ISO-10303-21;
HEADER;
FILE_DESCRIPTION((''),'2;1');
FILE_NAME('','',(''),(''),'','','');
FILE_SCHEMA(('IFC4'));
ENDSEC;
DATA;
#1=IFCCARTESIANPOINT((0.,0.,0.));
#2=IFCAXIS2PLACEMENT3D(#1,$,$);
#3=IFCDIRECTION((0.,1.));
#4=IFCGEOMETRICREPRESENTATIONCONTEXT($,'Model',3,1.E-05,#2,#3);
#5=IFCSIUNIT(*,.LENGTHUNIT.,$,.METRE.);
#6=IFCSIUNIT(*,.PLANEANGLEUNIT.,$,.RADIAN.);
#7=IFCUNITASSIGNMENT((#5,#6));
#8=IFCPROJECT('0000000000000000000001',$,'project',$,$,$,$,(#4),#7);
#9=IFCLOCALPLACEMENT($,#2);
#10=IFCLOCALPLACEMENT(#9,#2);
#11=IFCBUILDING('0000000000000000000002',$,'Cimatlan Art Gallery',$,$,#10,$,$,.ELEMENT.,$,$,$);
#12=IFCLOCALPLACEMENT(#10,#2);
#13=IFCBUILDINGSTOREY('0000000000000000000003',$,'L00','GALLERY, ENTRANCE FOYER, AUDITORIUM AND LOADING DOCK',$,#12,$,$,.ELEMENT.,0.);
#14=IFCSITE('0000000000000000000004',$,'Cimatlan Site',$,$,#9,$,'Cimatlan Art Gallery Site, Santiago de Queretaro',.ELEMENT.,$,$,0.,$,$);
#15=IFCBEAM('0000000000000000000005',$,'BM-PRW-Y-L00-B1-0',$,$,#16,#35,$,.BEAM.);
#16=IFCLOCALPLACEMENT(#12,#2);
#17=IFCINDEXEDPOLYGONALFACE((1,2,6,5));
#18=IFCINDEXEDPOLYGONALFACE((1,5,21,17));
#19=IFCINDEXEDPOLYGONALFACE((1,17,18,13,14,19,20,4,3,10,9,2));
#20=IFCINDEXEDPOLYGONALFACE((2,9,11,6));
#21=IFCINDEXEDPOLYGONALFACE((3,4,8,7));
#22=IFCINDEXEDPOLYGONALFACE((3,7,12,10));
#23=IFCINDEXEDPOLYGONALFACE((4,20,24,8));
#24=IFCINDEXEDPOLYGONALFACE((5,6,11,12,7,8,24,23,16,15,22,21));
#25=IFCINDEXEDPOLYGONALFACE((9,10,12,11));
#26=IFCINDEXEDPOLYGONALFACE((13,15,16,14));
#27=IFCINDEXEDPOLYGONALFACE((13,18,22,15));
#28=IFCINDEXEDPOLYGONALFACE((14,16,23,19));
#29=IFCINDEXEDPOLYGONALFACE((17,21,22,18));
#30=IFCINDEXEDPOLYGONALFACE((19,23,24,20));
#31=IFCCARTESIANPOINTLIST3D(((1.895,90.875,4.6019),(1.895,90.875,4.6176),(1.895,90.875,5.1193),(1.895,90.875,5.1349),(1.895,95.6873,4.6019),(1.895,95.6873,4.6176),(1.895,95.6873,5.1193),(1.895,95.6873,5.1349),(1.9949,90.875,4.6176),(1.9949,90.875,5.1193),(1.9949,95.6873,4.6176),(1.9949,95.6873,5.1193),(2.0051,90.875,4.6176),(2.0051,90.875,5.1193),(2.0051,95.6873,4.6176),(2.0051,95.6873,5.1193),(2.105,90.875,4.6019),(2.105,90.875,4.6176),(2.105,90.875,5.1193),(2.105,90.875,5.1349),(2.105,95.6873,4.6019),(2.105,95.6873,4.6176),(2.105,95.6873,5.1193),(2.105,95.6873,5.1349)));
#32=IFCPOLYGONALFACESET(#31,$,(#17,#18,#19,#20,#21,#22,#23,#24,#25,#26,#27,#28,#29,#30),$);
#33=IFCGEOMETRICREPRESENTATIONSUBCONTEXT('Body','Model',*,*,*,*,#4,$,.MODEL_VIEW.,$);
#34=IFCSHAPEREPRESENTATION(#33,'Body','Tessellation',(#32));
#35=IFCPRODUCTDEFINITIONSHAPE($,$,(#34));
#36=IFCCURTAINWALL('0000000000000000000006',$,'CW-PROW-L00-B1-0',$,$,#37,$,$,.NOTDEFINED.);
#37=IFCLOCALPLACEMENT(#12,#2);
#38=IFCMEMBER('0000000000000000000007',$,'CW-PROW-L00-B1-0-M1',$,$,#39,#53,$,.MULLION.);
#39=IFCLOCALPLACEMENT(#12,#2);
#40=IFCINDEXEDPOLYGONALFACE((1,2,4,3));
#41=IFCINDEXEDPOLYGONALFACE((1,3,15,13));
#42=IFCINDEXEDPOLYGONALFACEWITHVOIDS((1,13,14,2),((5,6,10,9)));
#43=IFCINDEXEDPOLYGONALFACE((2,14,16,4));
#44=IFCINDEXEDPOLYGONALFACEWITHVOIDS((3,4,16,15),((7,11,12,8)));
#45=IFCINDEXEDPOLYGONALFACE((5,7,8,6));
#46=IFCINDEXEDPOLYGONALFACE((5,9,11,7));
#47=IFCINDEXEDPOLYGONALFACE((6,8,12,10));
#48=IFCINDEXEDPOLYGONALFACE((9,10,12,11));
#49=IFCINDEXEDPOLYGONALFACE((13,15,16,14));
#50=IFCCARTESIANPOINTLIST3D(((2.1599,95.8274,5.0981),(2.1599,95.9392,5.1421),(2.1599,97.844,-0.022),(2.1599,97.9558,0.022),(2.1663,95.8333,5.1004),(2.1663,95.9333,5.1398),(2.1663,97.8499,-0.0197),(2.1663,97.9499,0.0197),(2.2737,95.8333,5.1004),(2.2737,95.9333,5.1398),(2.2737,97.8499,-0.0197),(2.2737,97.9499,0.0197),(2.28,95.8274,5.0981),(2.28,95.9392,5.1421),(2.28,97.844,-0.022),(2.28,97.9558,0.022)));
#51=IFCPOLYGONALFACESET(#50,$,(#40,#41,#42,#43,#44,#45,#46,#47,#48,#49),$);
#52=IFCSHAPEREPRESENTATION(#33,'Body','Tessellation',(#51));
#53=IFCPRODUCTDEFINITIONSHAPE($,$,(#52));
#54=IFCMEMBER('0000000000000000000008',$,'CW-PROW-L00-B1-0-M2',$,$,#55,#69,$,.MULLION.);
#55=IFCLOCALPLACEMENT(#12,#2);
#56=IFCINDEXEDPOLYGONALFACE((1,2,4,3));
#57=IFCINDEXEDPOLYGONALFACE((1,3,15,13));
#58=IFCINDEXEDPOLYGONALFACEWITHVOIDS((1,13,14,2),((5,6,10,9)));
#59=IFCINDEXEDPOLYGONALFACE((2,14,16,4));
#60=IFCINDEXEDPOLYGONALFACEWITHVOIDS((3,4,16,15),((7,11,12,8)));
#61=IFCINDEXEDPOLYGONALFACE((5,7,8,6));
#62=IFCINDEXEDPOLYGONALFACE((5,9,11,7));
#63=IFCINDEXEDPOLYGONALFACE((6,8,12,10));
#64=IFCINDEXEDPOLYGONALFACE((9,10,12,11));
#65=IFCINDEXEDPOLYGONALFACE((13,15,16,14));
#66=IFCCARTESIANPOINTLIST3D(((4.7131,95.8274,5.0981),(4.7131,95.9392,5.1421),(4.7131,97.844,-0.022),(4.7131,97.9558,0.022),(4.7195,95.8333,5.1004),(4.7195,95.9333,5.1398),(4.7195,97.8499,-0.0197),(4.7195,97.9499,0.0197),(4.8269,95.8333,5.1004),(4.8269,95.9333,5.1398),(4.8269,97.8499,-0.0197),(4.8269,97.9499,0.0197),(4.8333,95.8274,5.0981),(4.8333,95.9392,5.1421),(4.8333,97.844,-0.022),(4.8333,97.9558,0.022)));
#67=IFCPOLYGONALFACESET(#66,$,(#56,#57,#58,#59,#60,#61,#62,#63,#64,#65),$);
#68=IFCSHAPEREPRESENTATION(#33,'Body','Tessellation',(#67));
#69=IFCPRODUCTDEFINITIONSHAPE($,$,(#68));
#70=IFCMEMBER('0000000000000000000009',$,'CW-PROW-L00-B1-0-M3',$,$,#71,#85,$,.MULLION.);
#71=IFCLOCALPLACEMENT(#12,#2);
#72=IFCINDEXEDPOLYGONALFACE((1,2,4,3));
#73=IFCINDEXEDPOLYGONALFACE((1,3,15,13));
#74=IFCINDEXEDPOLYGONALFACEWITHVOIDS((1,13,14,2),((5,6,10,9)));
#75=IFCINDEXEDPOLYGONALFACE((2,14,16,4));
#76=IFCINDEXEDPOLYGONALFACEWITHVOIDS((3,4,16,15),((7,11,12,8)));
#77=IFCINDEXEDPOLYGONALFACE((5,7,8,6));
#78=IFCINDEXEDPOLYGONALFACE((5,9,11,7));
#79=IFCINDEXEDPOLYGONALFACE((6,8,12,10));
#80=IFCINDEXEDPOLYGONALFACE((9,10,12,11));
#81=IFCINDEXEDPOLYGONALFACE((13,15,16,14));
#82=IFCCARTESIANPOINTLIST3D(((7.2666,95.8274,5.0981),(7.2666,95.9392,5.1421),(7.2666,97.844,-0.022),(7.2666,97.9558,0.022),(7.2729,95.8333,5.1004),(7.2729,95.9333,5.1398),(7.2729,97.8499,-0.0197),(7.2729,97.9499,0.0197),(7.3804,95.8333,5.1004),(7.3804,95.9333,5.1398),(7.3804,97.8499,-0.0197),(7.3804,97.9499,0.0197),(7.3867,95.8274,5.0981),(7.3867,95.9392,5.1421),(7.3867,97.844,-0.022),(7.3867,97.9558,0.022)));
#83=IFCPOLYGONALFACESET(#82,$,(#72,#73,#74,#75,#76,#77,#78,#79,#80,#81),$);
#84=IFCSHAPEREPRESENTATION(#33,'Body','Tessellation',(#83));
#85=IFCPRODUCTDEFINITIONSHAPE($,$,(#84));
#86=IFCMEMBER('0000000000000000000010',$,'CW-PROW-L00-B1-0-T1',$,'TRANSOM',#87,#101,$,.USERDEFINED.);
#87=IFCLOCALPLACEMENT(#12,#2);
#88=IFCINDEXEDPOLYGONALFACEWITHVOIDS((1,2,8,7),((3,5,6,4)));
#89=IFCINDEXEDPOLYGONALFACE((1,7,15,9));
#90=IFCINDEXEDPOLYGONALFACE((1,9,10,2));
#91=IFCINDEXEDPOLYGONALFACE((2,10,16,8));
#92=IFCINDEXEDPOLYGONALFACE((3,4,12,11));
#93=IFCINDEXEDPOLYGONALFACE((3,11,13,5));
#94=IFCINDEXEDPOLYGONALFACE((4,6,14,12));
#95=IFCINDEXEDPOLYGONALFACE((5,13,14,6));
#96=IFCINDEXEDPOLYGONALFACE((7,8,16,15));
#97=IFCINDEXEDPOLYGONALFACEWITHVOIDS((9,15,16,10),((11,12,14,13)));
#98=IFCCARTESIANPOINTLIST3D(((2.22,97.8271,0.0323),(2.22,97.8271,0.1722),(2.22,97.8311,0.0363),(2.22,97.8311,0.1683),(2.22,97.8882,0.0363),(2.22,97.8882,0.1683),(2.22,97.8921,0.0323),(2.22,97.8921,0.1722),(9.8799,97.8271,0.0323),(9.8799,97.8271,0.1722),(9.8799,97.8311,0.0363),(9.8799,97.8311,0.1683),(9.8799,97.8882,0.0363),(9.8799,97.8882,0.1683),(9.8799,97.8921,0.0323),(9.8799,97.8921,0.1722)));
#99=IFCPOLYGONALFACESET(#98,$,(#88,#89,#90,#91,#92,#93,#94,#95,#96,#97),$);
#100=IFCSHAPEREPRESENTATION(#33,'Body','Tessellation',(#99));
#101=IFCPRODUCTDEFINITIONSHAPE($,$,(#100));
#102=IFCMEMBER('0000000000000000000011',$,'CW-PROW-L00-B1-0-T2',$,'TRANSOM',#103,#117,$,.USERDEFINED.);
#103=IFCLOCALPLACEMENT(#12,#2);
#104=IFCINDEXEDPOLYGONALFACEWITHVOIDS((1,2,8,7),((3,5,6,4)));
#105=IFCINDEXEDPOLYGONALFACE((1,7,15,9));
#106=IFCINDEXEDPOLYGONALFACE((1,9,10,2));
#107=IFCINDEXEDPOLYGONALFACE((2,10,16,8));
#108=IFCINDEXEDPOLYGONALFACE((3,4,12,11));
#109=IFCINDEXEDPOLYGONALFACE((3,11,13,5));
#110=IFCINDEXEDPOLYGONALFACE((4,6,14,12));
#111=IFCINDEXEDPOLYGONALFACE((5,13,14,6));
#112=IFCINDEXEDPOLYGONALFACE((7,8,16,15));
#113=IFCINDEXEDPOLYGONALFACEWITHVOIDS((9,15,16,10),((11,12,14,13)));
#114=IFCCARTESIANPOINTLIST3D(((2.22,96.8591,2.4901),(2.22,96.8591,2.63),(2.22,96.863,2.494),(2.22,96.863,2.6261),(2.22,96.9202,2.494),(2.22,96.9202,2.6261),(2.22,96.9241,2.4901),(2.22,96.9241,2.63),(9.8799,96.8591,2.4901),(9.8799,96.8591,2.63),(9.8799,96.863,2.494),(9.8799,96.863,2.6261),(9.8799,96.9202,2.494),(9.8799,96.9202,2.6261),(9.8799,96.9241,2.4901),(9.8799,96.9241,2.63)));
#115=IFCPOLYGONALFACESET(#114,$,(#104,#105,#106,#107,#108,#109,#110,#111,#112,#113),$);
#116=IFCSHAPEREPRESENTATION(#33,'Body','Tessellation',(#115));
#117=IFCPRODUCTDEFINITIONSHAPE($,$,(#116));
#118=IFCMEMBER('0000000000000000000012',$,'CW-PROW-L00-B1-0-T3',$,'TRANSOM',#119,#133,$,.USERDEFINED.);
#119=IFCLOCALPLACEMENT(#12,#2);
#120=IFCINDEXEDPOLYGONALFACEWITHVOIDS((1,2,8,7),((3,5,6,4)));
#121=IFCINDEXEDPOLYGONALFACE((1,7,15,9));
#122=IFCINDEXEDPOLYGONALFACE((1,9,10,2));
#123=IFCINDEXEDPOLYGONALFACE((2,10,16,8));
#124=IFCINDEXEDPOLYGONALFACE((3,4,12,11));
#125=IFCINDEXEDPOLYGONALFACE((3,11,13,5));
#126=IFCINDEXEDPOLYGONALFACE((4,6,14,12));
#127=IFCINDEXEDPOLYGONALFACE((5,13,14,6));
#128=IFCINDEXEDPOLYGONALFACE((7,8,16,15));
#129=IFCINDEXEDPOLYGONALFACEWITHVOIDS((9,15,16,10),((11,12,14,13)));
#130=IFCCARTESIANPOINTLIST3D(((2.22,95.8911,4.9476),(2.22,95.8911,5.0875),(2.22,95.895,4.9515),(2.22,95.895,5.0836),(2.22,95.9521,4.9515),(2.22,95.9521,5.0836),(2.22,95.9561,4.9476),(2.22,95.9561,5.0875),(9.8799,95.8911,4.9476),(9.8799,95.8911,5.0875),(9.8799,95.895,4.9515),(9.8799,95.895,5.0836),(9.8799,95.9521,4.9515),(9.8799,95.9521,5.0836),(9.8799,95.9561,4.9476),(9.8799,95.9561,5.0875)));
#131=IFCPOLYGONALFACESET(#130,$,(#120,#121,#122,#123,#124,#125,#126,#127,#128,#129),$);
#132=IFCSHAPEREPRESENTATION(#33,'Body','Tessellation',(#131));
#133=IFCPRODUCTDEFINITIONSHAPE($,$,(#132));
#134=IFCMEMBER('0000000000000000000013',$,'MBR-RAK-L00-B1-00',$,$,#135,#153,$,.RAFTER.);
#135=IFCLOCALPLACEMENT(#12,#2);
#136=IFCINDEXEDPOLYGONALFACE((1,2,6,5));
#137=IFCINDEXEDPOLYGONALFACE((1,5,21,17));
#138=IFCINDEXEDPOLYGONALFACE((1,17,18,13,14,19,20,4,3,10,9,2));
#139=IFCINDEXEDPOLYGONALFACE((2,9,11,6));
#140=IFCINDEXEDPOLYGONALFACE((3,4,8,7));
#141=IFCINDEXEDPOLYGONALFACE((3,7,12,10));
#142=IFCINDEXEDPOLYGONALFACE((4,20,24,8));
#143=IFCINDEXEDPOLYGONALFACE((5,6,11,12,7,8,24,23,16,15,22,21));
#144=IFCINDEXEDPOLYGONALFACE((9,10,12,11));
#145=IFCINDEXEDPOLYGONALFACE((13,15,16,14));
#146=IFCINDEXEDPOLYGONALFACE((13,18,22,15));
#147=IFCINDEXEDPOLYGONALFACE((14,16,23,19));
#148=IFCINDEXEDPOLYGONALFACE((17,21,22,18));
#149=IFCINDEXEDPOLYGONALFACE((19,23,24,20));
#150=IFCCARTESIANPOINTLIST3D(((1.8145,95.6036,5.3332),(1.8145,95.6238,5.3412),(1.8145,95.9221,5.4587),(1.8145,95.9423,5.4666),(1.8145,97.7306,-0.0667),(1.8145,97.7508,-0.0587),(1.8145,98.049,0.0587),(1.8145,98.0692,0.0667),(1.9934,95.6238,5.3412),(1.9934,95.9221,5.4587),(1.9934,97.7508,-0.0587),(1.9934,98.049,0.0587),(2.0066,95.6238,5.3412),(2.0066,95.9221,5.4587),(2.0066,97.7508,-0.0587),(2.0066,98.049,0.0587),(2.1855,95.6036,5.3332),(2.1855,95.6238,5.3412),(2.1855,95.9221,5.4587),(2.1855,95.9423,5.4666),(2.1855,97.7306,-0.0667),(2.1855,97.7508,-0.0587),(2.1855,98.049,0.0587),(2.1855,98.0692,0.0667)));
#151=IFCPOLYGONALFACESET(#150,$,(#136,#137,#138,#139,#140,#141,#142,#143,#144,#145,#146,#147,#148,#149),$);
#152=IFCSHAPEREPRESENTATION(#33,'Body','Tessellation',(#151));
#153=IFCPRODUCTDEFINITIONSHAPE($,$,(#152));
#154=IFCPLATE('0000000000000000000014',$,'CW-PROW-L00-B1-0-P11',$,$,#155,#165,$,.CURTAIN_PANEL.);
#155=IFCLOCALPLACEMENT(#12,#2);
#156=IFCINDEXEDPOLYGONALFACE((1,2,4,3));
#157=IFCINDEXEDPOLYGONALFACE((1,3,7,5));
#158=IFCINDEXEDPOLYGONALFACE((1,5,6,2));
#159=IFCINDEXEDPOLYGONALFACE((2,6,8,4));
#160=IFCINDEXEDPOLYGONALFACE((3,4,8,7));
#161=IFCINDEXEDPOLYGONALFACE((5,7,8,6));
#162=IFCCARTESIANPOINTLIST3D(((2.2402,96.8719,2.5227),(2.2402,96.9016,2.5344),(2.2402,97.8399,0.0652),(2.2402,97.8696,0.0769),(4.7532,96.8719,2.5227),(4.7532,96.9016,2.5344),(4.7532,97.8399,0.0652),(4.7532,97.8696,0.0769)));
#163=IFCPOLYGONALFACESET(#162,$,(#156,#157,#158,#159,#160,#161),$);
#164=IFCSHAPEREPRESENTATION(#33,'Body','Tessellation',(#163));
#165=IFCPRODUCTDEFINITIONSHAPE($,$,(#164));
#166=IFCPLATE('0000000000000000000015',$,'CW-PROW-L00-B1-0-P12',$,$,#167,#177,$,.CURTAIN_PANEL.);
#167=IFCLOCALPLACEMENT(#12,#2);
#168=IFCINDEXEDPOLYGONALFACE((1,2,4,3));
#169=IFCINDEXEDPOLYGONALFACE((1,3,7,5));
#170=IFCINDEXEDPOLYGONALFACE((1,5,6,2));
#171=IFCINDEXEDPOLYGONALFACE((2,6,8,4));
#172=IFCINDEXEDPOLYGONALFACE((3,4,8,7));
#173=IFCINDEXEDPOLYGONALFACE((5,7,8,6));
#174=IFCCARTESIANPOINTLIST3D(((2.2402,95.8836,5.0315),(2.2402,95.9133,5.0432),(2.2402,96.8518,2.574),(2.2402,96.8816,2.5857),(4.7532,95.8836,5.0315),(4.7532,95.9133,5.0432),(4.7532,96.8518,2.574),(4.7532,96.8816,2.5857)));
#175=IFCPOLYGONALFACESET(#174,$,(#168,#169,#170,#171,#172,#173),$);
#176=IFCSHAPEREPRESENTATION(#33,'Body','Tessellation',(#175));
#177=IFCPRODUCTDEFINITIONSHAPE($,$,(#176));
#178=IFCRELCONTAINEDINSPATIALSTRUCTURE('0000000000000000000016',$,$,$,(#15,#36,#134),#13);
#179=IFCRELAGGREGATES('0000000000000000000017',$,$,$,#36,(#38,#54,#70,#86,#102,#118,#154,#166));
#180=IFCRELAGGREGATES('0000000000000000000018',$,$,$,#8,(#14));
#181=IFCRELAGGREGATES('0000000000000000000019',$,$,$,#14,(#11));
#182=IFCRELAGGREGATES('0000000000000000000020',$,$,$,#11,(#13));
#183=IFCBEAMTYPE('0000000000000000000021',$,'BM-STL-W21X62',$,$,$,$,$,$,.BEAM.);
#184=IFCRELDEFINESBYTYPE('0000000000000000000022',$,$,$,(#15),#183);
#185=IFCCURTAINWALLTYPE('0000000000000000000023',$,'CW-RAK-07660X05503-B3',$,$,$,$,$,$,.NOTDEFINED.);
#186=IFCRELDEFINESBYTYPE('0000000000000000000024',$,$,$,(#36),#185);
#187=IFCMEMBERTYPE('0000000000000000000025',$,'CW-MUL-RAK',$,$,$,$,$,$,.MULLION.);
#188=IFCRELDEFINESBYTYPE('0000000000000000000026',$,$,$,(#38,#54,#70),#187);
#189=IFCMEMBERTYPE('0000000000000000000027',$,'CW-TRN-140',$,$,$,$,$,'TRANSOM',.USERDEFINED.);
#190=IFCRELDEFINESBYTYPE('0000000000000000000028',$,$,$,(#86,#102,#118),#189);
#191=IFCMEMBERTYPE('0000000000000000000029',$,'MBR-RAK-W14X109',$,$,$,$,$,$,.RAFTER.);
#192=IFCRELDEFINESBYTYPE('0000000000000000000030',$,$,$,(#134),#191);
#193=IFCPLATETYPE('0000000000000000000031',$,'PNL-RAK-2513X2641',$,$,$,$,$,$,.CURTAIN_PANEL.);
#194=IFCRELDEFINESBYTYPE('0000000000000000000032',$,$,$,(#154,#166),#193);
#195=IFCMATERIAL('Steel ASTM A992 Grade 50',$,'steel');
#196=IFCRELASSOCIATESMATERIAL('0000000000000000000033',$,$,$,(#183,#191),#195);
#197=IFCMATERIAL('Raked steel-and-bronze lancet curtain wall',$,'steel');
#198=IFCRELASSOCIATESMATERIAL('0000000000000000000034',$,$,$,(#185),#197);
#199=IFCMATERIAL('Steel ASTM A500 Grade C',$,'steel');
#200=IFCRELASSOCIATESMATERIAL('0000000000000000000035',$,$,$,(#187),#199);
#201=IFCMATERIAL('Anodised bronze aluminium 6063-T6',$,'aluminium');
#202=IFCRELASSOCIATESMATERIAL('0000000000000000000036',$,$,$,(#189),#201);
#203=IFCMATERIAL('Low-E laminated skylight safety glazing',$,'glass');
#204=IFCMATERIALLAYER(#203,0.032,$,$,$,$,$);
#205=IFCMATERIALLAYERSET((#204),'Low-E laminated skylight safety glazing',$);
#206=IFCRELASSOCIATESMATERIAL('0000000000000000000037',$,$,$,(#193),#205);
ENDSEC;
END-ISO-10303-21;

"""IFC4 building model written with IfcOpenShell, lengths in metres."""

from ifc_helpers import new_model, si_unit, direction, frame, origin, origin_2d, place, context, subcontext, project, spatial, polyline, hollow_rectangle, i_section, outline, extrude, material, layer, layer_set, material_profile, profile_set, type_object, element, aggregate, save


model = new_model("IFC4")

# Units and contexts
model_context = context("Model", 3, precision=1e-05, world=origin(), true_north=direction((0.0, 1.0)))
body_context = subcontext(model_context, "Body", "Model", "MODEL_VIEW")
ifc_project = project(units=[si_unit("LENGTHUNIT", "METRE"), si_unit("PLANEANGLEUNIT", "RADIAN")], contexts=[model_context])

# Site, building, storey
site_placement = place(None, origin())
site = spatial("IfcSite", under=ifc_project, at=site_placement, Name="Cimatlan Site", LongName="Cimatlan Art Gallery Site, Santiago de Queretaro", CompositionType="ELEMENT", RefElevation=0.0)
building_placement = place(site_placement, origin())
building = spatial("IfcBuilding", under=site, at=building_placement, Name="Cimatlan Art Gallery", CompositionType="ELEMENT")
storey_placement = place(building_placement, origin())
storey = spatial("IfcBuildingStorey", under=building, at=storey_placement, Name="L00", Description="GALLERY, ENTRANCE FOYER, AUDITORIUM AND LOADING DOCK", CompositionType="ELEMENT", Elevation=0.0)

# Beam
ifc_material_1 = material(Name="Steel ASTM A992 Grade 50", Category="steel")
ifc_material_profile_1 = material_profile(ifc_material_1, i_section(OverallWidth=0.21, OverallDepth=0.533, WebThickness=0.0103, FlangeThickness=0.0156, at=origin_2d()), Name="W21X62")
ifc_profile_set_1 = profile_set([ifc_material_profile_1], Name="Steel ASTM A992 Grade 50")
beam_type = type_object("IfcBeamType", Name="BM-STL-W21X62", PredefinedType="BEAM", material=ifc_profile_set_1)
beam_1_placement = place(storey_placement, frame((2.0, 90.875, 4.8684), z_axis=(0.0, 1.0, 0.0), x_axis=(-1.0, 0.0, 0.0)))
element("IfcBeam", 1, at=beam_1_placement, inside=storey, type_object=beam_type, Name="BM-PRW-Y-L00-B1-0", PredefinedType="BEAM", context=body_context, shape_type="SweptSolid", body=[
    extrude(i_section(OverallWidth=0.21, OverallDepth=0.533, WebThickness=0.0103, FlangeThickness=0.0156, at=origin_2d()), origin(), (0.0, 0.0, 1.0), 4.8123),
])

# Curtain wall, members
ifc_material_2 = material(Name="Raked steel-and-bronze lancet curtain wall", Category="steel")
curtain_wall_type = type_object("IfcCurtainWallType", Name="CW-RAK-07660X05503-B3", PredefinedType="NOTDEFINED", material=ifc_material_2)
curtain_wall_placement = place(storey_placement, origin())
curtain_wall = element("IfcCurtainWall", 2, at=curtain_wall_placement, inside=storey, type_object=curtain_wall_type, Name="CW-PROW-L00-B1-0", PredefinedType="NOTDEFINED")
ifc_material_3 = material(Name="Steel ASTM A500 Grade C", Category="steel")
ifc_material_profile_2 = material_profile(ifc_material_3, hollow_rectangle(XDim=0.1201, YDim=0.1201, WallThickness=0.0063, at=origin_2d()), Name="HSS120X120X6")
ifc_profile_set_2 = profile_set([ifc_material_profile_2], Name="Steel ASTM A500 Grade C")
member_type_1 = type_object("IfcMemberType", Name="CW-MUL-RAK", PredefinedType="MULLION", material=ifc_profile_set_2)
member_1_placement = place(storey_placement, frame((2.22, 97.8999, 0.0), z_axis=(0.0, -0.366459, 0.930434), x_axis=(1.0, 0.0, 0.0)))
member_1 = element("IfcMember", 3, at=member_1_placement, type_object=member_type_1, Name="CW-PROW-L00-B1-0-M1", PredefinedType="MULLION", context=body_context, shape_type="SweptSolid", body=[
    extrude(hollow_rectangle(XDim=0.1201, YDim=0.1201, WallThickness=0.0063, at=origin_2d()), origin(), (0.0, 0.0, 1.0), 5.5029),
])
member_2_placement = place(storey_placement, frame((4.7732, 97.8999, 0.0), z_axis=(0.0, -0.366459, 0.930434), x_axis=(1.0, 0.0, 0.0)))
member_2 = element("IfcMember", 4, at=member_2_placement, type_object=member_type_1, Name="CW-PROW-L00-B1-0-M2", PredefinedType="MULLION", context=body_context, shape_type="SweptSolid", body=[
    extrude(hollow_rectangle(XDim=0.1201, YDim=0.1201, WallThickness=0.0063, at=origin_2d()), origin(), (0.0, 0.0, 1.0), 5.5029),
])
member_3_placement = place(storey_placement, frame((7.3267, 97.8999, 0.0), z_axis=(0.0, -0.366459, 0.930434), x_axis=(1.0, 0.0, 0.0)))
member_3 = element("IfcMember", 5, at=member_3_placement, type_object=member_type_1, Name="CW-PROW-L00-B1-0-M3", PredefinedType="MULLION", context=body_context, shape_type="SweptSolid", body=[
    extrude(hollow_rectangle(XDim=0.1201, YDim=0.1201, WallThickness=0.0063, at=origin_2d()), origin(), (0.0, 0.0, 1.0), 5.5029),
])
ifc_material_4 = material(Name="Anodised bronze aluminium 6063-T6", Category="aluminium")
ifc_material_profile_3 = material_profile(ifc_material_4, hollow_rectangle(XDim=0.0649, YDim=0.1399, WallThickness=0.0039, at=origin_2d()), Name="ALU65X140X4")
ifc_profile_set_3 = profile_set([ifc_material_profile_3], Name="Anodised bronze aluminium 6063-T6")
member_type_2 = type_object("IfcMemberType", Name="CW-TRN-140", ElementType="TRANSOM", PredefinedType="USERDEFINED", material=ifc_profile_set_3)
member_4_placement = place(storey_placement, frame((2.22, 97.8596, 0.1023), z_axis=(1.0, 0.0, 0.0), x_axis=(0.0, 1.0, 0.0)))
member_4 = element("IfcMember", 6, at=member_4_placement, type_object=member_type_2, Name="CW-PROW-L00-B1-0-T1", ObjectType="TRANSOM", PredefinedType="USERDEFINED", context=body_context, shape_type="SweptSolid", body=[
    extrude(hollow_rectangle(XDim=0.0649, YDim=0.1399, WallThickness=0.0039, at=origin_2d()), origin(), (0.0, 0.0, 1.0), 7.6599),
])
member_5_placement = place(storey_placement, frame((2.22, 96.8916, 2.5601), z_axis=(1.0, 0.0, 0.0), x_axis=(0.0, 1.0, 0.0)))
member_5 = element("IfcMember", 7, at=member_5_placement, type_object=member_type_2, Name="CW-PROW-L00-B1-0-T2", ObjectType="TRANSOM", PredefinedType="USERDEFINED", context=body_context, shape_type="SweptSolid", body=[
    extrude(hollow_rectangle(XDim=0.0649, YDim=0.1399, WallThickness=0.0039, at=origin_2d()), origin(), (0.0, 0.0, 1.0), 7.6599),
])
member_6_placement = place(storey_placement, frame((2.22, 95.9236, 5.0176), z_axis=(1.0, 0.0, 0.0), x_axis=(0.0, 1.0, 0.0)))
member_6 = element("IfcMember", 8, at=member_6_placement, type_object=member_type_2, Name="CW-PROW-L00-B1-0-T3", ObjectType="TRANSOM", PredefinedType="USERDEFINED", context=body_context, shape_type="SweptSolid", body=[
    extrude(hollow_rectangle(XDim=0.0649, YDim=0.1399, WallThickness=0.0039, at=origin_2d()), origin(), (0.0, 0.0, 1.0), 7.6599),
])

# Member
ifc_material_profile_4 = material_profile(ifc_material_1, i_section(OverallWidth=0.3711, OverallDepth=0.364, WebThickness=0.0132, FlangeThickness=0.0217, at=origin_2d()), Name="W14X109")
ifc_profile_set_4 = profile_set([ifc_material_profile_4], Name="Steel ASTM A992 Grade 50")
member_type_3 = type_object("IfcMemberType", Name="MBR-RAK-W14X109", PredefinedType="RAFTER", material=ifc_profile_set_4)
member_7_placement = place(storey_placement, frame((2.0, 97.8999, 0.0), z_axis=(0.0, -0.366483, 0.930425), x_axis=(1.0, 0.0, 0.0)))
element("IfcMember", 9, at=member_7_placement, inside=storey, type_object=member_type_3, Name="MBR-RAK-L00-B1-00", PredefinedType="RAFTER", context=body_context, shape_type="SweptSolid", body=[
    extrude(i_section(OverallWidth=0.3711, OverallDepth=0.364, WebThickness=0.0132, FlangeThickness=0.0217, at=origin_2d()), origin(), (0.0, 0.0, 1.0), 5.8037),
])

# Plates
ifc_material_5 = material(Name="Low-E laminated skylight safety glazing", Category="glass")
ifc_layer_1 = layer(ifc_material_5, 0.032)
ifc_layer_set_1 = layer_set([ifc_layer_1], Name="Low-E laminated skylight safety glazing")
plate_type = type_object("IfcPlateType", Name="PNL-RAK-2513X2641", PredefinedType="CURTAIN_PANEL", material=ifc_layer_set_1)
plate_1_placement = place(storey_placement, frame((2.2402, 97.8696, 0.0769), z_axis=(0.0, 0.930421, 0.366493), x_axis=(1.0, 0.0, 0.0)))
plate_1 = element("IfcPlate", 10, at=plate_1_placement, type_object=plate_type, Name="CW-PROW-L00-B1-0-P11", PredefinedType="CURTAIN_PANEL", context=body_context, shape_type="SweptSolid", body=[
    extrude(outline(polyline([(0.0, 0.0), (2.5129, 0.0), (2.5129, -2.6413), (0.0, -2.6413), (0.0, 0.0)])), origin(), (0.0, 0.0, -1.0), 0.032),
])
plate_2_placement = place(storey_placement, frame((2.2402, 96.8816, 2.5857), z_axis=(0.0, 0.930389, 0.366573), x_axis=(1.0, 0.0, 0.0)))
plate_2 = element("IfcPlate", 11, at=plate_2_placement, type_object=plate_type, Name="CW-PROW-L00-B1-0-P12", PredefinedType="CURTAIN_PANEL", context=body_context, shape_type="SweptSolid", body=[
    extrude(outline(polyline([(0.0, 0.0), (2.5129, 0.0), (2.5129, -2.6414), (0.0, -2.6414), (0.0, 0.0)])), origin(), (0.0, 0.0, -1.0), 0.032),
])
aggregate(curtain_wall, [member_1, member_2, member_3, member_4, member_5, member_6, plate_1, plate_2])

save(model, "model.ifc")
